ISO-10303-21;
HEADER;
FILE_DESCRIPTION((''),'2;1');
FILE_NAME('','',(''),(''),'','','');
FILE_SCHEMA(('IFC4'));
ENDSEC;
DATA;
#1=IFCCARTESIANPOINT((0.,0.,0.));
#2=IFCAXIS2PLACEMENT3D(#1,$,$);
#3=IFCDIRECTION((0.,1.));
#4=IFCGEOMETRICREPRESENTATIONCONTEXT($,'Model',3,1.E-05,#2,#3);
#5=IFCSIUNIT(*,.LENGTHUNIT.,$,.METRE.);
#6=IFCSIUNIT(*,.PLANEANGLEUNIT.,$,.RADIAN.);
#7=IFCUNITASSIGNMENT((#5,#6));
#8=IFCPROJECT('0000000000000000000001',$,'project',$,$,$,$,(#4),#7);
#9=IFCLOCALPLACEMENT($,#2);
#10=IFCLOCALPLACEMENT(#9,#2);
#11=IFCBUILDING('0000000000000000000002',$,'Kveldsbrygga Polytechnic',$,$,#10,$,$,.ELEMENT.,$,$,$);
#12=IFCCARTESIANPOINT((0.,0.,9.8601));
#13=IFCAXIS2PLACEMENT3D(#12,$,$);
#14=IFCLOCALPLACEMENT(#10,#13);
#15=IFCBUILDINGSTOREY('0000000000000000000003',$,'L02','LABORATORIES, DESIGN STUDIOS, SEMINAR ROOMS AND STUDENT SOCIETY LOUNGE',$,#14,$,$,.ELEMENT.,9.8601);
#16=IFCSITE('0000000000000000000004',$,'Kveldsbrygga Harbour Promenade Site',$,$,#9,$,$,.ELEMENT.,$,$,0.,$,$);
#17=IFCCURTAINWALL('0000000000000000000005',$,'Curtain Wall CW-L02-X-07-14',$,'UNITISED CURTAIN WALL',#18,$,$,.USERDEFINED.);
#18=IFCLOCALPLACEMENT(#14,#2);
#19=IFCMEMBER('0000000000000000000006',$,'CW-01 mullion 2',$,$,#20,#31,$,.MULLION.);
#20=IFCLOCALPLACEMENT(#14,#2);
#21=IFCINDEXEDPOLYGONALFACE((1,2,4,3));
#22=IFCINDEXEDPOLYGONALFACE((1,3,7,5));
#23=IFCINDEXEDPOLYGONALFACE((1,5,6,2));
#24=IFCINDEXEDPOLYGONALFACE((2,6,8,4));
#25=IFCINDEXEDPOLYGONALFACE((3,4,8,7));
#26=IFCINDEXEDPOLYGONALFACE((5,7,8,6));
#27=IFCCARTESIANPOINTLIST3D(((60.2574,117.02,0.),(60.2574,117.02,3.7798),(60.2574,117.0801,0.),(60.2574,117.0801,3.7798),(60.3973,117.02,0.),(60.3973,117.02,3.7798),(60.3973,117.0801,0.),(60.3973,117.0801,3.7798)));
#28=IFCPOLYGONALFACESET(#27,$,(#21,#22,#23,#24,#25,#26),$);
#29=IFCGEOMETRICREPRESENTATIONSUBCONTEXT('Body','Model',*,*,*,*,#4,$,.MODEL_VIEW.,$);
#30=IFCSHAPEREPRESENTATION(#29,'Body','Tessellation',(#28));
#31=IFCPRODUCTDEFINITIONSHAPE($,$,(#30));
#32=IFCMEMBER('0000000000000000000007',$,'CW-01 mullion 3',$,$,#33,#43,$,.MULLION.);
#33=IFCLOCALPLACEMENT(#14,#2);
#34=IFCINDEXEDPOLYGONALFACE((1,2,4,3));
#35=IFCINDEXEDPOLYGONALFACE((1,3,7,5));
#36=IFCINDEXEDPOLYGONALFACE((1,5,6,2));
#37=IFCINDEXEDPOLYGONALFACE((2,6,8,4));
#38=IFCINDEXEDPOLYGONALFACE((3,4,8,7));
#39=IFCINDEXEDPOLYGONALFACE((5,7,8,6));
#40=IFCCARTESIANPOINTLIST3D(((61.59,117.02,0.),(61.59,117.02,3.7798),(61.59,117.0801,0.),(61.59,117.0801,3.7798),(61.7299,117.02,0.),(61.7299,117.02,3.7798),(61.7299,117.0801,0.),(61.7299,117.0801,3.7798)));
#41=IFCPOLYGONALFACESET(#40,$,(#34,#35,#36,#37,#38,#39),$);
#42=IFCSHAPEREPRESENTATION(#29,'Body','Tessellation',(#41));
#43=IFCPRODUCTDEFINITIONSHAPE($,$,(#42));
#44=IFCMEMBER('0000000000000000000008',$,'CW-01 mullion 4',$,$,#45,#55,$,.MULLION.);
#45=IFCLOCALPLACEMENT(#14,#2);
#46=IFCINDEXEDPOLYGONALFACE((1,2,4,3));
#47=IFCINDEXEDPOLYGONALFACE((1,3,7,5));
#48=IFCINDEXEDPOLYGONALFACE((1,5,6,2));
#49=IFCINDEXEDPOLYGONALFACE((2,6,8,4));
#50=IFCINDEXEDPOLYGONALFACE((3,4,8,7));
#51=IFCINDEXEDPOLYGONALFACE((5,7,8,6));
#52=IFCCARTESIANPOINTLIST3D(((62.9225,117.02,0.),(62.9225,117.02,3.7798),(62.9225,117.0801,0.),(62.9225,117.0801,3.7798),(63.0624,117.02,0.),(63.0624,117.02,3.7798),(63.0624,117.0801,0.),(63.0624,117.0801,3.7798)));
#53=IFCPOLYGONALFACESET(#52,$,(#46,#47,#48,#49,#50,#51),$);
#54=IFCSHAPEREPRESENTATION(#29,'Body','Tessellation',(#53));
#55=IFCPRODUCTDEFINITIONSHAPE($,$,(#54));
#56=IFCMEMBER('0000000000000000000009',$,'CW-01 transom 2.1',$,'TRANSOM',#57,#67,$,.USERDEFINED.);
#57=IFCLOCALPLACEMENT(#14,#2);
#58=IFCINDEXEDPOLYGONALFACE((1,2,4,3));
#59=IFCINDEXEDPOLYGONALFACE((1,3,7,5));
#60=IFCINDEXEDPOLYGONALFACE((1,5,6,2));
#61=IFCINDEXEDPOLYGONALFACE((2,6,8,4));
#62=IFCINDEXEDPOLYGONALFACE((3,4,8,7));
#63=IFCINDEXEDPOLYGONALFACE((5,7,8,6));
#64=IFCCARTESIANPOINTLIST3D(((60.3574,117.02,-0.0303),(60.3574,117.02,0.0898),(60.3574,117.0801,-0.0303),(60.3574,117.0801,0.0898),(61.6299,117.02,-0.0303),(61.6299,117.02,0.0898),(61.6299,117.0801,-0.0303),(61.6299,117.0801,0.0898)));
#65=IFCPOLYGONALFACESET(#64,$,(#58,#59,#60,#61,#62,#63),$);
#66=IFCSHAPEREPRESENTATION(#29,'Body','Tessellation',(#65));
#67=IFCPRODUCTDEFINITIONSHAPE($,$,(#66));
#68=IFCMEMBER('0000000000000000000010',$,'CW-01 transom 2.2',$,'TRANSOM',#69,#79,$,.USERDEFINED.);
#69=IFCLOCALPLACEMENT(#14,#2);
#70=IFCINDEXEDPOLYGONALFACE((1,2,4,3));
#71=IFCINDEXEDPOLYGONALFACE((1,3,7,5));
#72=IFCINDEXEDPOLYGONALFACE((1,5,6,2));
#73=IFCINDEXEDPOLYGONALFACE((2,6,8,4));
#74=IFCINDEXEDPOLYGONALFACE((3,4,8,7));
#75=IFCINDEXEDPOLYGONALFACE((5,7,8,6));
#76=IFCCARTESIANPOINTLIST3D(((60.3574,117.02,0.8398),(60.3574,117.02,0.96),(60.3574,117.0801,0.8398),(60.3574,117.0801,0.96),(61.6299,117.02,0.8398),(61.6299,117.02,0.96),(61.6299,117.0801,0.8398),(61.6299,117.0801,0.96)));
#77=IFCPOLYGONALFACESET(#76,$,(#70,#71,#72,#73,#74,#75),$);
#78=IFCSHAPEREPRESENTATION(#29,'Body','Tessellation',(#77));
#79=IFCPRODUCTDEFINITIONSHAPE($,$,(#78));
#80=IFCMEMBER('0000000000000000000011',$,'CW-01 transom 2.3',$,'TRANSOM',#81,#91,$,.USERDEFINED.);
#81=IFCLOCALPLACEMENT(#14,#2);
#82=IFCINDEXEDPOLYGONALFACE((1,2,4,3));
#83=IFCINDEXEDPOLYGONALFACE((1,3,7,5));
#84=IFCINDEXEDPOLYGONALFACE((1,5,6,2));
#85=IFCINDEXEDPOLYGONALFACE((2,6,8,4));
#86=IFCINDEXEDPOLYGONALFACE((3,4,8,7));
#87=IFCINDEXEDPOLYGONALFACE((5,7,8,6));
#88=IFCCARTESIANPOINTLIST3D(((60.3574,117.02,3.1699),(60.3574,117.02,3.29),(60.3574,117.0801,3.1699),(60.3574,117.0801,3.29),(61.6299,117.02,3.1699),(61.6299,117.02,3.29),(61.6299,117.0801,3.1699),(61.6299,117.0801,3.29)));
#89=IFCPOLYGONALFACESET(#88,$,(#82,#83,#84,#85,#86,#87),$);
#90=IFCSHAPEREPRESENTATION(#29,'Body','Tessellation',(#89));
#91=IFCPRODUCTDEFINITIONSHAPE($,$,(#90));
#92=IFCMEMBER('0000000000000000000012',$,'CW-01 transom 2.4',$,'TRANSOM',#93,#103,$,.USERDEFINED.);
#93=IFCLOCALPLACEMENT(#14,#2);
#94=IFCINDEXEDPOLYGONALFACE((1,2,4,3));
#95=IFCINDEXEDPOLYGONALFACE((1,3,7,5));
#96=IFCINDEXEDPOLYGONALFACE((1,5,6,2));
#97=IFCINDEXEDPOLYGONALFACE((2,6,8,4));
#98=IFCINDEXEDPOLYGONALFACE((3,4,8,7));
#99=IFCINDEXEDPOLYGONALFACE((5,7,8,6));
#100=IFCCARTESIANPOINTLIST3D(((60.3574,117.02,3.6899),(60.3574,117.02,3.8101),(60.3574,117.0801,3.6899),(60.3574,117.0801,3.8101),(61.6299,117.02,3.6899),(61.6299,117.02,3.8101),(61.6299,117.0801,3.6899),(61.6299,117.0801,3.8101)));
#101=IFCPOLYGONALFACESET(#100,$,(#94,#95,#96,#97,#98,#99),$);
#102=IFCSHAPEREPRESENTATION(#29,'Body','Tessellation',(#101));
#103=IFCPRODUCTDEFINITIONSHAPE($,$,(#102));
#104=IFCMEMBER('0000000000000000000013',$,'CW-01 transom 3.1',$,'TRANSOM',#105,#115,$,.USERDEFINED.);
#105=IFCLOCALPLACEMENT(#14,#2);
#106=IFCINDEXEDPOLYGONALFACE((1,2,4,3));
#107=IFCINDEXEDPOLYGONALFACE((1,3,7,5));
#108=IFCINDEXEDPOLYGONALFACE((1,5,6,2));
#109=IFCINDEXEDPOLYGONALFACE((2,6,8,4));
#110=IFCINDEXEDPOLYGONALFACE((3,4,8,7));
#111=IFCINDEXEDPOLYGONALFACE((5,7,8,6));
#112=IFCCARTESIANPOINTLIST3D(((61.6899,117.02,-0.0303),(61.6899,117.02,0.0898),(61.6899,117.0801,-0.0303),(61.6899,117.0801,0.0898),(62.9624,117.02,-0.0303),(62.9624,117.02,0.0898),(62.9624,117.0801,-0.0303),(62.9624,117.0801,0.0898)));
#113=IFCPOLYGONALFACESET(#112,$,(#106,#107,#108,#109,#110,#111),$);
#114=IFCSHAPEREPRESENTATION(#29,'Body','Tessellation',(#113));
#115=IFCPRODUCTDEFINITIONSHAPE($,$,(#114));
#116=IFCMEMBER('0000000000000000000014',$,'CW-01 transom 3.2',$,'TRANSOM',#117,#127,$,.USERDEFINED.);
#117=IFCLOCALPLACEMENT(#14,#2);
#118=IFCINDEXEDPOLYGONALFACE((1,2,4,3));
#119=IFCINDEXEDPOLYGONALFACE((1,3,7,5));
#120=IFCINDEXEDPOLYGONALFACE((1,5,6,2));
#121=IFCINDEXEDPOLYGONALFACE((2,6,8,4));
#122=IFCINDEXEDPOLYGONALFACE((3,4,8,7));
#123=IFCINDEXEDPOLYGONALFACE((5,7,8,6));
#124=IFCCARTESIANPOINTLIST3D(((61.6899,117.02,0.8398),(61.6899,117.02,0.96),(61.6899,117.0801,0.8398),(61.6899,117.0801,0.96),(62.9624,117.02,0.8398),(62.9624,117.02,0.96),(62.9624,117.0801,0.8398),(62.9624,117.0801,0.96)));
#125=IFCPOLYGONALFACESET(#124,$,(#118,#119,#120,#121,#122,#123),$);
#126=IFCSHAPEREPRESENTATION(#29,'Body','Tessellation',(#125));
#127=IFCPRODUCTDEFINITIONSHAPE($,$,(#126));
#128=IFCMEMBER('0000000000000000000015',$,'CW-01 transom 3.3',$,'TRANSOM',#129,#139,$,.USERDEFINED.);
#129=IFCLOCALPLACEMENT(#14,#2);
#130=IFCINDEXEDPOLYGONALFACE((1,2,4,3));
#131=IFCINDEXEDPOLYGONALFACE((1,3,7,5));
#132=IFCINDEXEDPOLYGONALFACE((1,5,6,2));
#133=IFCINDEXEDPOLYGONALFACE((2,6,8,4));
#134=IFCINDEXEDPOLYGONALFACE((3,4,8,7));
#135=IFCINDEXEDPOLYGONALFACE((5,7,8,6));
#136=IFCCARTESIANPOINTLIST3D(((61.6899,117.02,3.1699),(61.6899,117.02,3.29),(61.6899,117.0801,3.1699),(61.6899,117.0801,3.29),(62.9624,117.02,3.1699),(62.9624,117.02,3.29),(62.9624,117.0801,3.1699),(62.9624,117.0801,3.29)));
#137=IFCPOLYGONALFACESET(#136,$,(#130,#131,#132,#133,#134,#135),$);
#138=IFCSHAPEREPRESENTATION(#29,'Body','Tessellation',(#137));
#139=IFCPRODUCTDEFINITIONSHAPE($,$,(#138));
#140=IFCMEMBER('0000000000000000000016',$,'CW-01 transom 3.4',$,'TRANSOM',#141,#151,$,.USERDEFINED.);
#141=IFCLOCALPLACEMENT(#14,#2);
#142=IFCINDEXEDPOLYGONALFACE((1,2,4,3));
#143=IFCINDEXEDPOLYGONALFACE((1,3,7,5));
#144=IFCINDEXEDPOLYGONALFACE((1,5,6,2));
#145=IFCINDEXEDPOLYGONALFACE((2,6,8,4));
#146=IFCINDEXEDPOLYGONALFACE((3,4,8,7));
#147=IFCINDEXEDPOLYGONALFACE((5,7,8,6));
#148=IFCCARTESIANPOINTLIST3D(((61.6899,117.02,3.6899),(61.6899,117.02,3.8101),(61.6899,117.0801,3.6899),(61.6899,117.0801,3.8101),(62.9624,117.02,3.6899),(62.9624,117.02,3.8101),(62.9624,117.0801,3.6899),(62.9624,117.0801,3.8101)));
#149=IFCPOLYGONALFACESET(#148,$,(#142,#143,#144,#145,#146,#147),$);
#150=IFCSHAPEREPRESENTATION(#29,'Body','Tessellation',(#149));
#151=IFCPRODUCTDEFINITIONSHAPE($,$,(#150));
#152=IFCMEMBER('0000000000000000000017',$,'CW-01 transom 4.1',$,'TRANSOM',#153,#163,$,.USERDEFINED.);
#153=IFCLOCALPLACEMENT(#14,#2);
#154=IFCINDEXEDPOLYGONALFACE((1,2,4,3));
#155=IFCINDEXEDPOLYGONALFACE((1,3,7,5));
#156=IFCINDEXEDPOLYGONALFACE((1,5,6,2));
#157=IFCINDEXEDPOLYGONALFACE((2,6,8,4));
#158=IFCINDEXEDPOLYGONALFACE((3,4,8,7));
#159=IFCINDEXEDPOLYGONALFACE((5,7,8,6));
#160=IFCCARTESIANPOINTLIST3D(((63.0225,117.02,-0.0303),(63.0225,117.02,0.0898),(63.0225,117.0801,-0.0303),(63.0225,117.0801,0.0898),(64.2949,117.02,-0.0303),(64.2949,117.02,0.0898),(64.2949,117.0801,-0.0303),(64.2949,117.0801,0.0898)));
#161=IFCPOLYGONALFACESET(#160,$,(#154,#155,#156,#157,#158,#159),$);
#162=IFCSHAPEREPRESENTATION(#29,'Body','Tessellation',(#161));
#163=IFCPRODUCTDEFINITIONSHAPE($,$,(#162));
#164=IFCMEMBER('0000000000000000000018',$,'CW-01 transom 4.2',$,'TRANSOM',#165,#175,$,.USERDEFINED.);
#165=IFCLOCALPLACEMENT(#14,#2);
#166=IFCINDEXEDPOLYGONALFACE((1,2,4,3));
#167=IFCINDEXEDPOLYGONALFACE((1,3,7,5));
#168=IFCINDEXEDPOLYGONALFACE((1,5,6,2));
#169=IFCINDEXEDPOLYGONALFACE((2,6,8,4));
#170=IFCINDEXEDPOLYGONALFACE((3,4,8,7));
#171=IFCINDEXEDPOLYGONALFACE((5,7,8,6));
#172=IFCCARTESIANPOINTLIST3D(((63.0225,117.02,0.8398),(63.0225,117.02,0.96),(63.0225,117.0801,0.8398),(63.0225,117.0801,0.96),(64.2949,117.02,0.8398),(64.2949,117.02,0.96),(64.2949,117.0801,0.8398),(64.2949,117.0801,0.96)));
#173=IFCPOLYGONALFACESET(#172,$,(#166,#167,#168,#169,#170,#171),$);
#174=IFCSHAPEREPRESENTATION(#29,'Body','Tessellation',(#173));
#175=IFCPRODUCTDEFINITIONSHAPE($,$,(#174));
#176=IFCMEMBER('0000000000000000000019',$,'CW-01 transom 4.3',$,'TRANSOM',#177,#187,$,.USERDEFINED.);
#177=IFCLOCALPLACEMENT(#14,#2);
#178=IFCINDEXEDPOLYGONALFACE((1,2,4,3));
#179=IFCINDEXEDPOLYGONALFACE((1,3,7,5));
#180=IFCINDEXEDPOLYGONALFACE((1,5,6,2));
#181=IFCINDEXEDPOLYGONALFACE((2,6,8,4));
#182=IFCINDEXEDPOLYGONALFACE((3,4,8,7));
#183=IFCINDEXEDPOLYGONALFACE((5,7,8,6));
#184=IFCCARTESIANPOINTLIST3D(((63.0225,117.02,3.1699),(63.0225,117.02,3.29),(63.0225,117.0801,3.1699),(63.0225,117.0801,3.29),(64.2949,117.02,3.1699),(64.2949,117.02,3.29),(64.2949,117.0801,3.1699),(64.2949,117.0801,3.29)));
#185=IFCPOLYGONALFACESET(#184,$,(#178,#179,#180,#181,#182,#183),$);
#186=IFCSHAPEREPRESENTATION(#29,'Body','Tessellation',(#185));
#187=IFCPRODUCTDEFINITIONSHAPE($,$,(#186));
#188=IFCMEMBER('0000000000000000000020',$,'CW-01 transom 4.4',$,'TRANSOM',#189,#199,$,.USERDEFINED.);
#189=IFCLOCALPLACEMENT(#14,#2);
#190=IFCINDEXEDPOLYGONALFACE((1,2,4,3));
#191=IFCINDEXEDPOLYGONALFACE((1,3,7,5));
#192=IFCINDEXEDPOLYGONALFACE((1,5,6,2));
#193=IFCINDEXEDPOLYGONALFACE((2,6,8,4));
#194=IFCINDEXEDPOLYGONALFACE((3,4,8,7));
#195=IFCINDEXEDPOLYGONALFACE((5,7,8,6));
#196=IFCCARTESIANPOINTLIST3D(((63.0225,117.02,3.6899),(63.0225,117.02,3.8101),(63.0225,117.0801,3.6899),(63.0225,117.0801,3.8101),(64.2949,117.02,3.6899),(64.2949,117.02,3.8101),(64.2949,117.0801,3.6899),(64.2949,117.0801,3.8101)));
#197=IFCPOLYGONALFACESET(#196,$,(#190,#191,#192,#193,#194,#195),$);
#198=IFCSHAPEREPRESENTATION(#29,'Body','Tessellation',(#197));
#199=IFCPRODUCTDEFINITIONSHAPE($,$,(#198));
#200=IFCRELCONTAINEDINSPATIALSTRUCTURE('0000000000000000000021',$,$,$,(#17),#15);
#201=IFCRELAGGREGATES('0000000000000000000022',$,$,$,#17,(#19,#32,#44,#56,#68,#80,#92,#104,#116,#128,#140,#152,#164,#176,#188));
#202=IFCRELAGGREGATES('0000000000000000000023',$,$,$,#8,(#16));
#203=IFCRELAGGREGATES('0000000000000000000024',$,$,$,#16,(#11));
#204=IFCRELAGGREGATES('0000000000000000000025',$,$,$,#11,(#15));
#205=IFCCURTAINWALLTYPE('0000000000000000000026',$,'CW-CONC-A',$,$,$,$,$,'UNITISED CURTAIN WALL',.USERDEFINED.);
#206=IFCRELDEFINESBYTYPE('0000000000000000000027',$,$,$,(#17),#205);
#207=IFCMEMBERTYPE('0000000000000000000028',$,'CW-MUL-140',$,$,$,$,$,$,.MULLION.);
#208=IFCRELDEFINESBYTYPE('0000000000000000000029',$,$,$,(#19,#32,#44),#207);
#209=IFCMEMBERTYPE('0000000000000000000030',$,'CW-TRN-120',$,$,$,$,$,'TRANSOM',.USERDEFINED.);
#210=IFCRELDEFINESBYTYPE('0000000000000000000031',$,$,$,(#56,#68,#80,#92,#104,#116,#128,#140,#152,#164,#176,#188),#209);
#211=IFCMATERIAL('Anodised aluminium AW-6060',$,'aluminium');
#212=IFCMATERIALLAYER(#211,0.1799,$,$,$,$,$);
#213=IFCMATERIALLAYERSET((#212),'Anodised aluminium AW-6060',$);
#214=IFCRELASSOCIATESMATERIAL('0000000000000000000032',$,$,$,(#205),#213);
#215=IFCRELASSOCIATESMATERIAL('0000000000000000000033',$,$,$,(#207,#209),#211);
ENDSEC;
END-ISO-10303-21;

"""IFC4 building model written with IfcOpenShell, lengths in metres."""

from ifc_helpers import new_model, si_unit, direction, frame, origin, origin_2d, place, context, subcontext, project, spatial, rectangle, extrude, material, layer, layer_set, material_profile, profile_set, type_object, element, aggregate, save


model = new_model("IFC4")

# Units and contexts
model_context = context("Model", 3, precision=1e-05, world=origin(), true_north=direction((0.0, 1.0)))
body_context = subcontext(model_context, "Body", "Model", "MODEL_VIEW")
ifc_project = project(units=[si_unit("LENGTHUNIT", "METRE"), si_unit("PLANEANGLEUNIT", "RADIAN")], contexts=[model_context])

# Site, building, storey
site_placement = place(None, origin())
site = spatial("IfcSite", under=ifc_project, at=site_placement, Name="Kveldsbrygga Harbour Promenade Site", CompositionType="ELEMENT", RefElevation=0.0)
building_placement = place(site_placement, origin())
building = spatial("IfcBuilding", under=site, at=building_placement, Name="Kveldsbrygga Polytechnic", CompositionType="ELEMENT")
storey_placement = place(building_placement, frame((0.0, 0.0, 9.8601)))
storey = spatial("IfcBuildingStorey", under=building, at=storey_placement, Name="L02", Description="LABORATORIES, DESIGN STUDIOS, SEMINAR ROOMS AND STUDENT SOCIETY LOUNGE", CompositionType="ELEMENT", Elevation=9.8601)

# Curtain wall, members
ifc_material_1 = material(Name="Anodised aluminium AW-6060", Category="aluminium")
ifc_layer_1 = layer(ifc_material_1, 0.1799)
ifc_layer_set_1 = layer_set([ifc_layer_1], Name="Anodised aluminium AW-6060")
curtain_wall_type = type_object("IfcCurtainWallType", Name="CW-CONC-A", ElementType="UNITISED CURTAIN WALL", PredefinedType="USERDEFINED", material=ifc_layer_set_1)
curtain_wall_placement = place(storey_placement, origin())
curtain_wall = element("IfcCurtainWall", 1, at=curtain_wall_placement, inside=storey, type_object=curtain_wall_type, Name="Curtain Wall CW-L02-X-07-14", ObjectType="UNITISED CURTAIN WALL", PredefinedType="USERDEFINED")
ifc_material_profile_1 = material_profile(ifc_material_1, rectangle(XDim=0.0601, YDim=0.1399, at=origin_2d()), Name="ALU 60x140")
ifc_profile_set_1 = profile_set([ifc_material_profile_1], Name="Anodised aluminium AW-6060")
member_type_1 = type_object("IfcMemberType", Name="CW-MUL-140", PredefinedType="MULLION", material=ifc_profile_set_1)
member_1_placement = place(storey_placement, frame((60.3274, 117.05, 0.0), z_axis=(0.0, 0.0, 1.0), x_axis=(0.0, 1.0, 0.0)))
member_1 = element("IfcMember", 2, at=member_1_placement, type_object=member_type_1, Name="CW-01 mullion 2", PredefinedType="MULLION", context=body_context, shape_type="SweptSolid", body=[
    extrude(rectangle(XDim=0.0601, YDim=0.1399, at=origin_2d()), origin(), (0.0, 0.0, 1.0), 3.7798),
])
member_2_placement = place(storey_placement, frame((61.6599, 117.05, 0.0), z_axis=(0.0, 0.0, 1.0), x_axis=(0.0, 1.0, 0.0)))
member_2 = element("IfcMember", 3, at=member_2_placement, type_object=member_type_1, Name="CW-01 mullion 3", PredefinedType="MULLION", context=body_context, shape_type="SweptSolid", body=[
    extrude(rectangle(XDim=0.0601, YDim=0.1399, at=origin_2d()), origin(), (0.0, 0.0, 1.0), 3.7798),
])
member_3_placement = place(storey_placement, frame((62.9924, 117.05, 0.0), z_axis=(0.0, 0.0, 1.0), x_axis=(0.0, 1.0, 0.0)))
member_3 = element("IfcMember", 4, at=member_3_placement, type_object=member_type_1, Name="CW-01 mullion 4", PredefinedType="MULLION", context=body_context, shape_type="SweptSolid", body=[
    extrude(rectangle(XDim=0.0601, YDim=0.1399, at=origin_2d()), origin(), (0.0, 0.0, 1.0), 3.7798),
])
ifc_material_profile_2 = material_profile(ifc_material_1, rectangle(XDim=0.0601, YDim=0.1201, at=origin_2d()), Name="ALU 60x120")
ifc_profile_set_2 = profile_set([ifc_material_profile_2], Name="Anodised aluminium AW-6060")
member_type_2 = type_object("IfcMemberType", Name="CW-TRN-120", ElementType="TRANSOM", PredefinedType="USERDEFINED", material=ifc_profile_set_2)
member_4_placement = place(storey_placement, frame((60.3574, 117.05, 0.0298), z_axis=(1.0, 0.0, 0.0), x_axis=(0.0, 1.0, 0.0)))
member_4 = element("IfcMember", 5, at=member_4_placement, type_object=member_type_2, Name="CW-01 transom 2.1", ObjectType="TRANSOM", PredefinedType="USERDEFINED", context=body_context, shape_type="SweptSolid", body=[
    extrude(rectangle(XDim=0.0601, YDim=0.1201, at=origin_2d()), origin(), (0.0, 0.0, 1.0), 1.2725),
])
member_5_placement = place(storey_placement, frame((60.3574, 117.05, 0.8999), z_axis=(1.0, 0.0, 0.0), x_axis=(0.0, 1.0, 0.0)))
member_5 = element("IfcMember", 6, at=member_5_placement, type_object=member_type_2, Name="CW-01 transom 2.2", ObjectType="TRANSOM", PredefinedType="USERDEFINED", context=body_context, shape_type="SweptSolid", body=[
    extrude(rectangle(XDim=0.0601, YDim=0.1201, at=origin_2d()), origin(), (0.0, 0.0, 1.0), 1.2725),
])
member_6_placement = place(storey_placement, frame((60.3574, 117.05, 3.23), z_axis=(1.0, 0.0, 0.0), x_axis=(0.0, 1.0, 0.0)))
member_6 = element("IfcMember", 7, at=member_6_placement, type_object=member_type_2, Name="CW-01 transom 2.3", ObjectType="TRANSOM", PredefinedType="USERDEFINED", context=body_context, shape_type="SweptSolid", body=[
    extrude(rectangle(XDim=0.0601, YDim=0.1201, at=origin_2d()), origin(), (0.0, 0.0, 1.0), 1.2725),
])
member_7_placement = place(storey_placement, frame((60.3574, 117.05, 3.75), z_axis=(1.0, 0.0, 0.0), x_axis=(0.0, 1.0, 0.0)))
member_7 = element("IfcMember", 8, at=member_7_placement, type_object=member_type_2, Name="CW-01 transom 2.4", ObjectType="TRANSOM", PredefinedType="USERDEFINED", context=body_context, shape_type="SweptSolid", body=[
    extrude(rectangle(XDim=0.0601, YDim=0.1201, at=origin_2d()), origin(), (0.0, 0.0, 1.0), 1.2725),
])
member_8_placement = place(storey_placement, frame((61.6899, 117.05, 0.0298), z_axis=(1.0, 0.0, 0.0), x_axis=(0.0, 1.0, 0.0)))
member_8 = element("IfcMember", 9, at=member_8_placement, type_object=member_type_2, Name="CW-01 transom 3.1", ObjectType="TRANSOM", PredefinedType="USERDEFINED", context=body_context, shape_type="SweptSolid", body=[
    extrude(rectangle(XDim=0.0601, YDim=0.1201, at=origin_2d()), origin(), (0.0, 0.0, 1.0), 1.2725),
])
member_9_placement = place(storey_placement, frame((61.6899, 117.05, 0.8999), z_axis=(1.0, 0.0, 0.0), x_axis=(0.0, 1.0, 0.0)))
member_9 = element("IfcMember", 10, at=member_9_placement, type_object=member_type_2, Name="CW-01 transom 3.2", ObjectType="TRANSOM", PredefinedType="USERDEFINED", context=body_context, shape_type="SweptSolid", body=[
    extrude(rectangle(XDim=0.0601, YDim=0.1201, at=origin_2d()), origin(), (0.0, 0.0, 1.0), 1.2725),
])
member_10_placement = place(storey_placement, frame((61.6899, 117.05, 3.23), z_axis=(1.0, 0.0, 0.0), x_axis=(0.0, 1.0, 0.0)))
member_10 = element("IfcMember", 11, at=member_10_placement, type_object=member_type_2, Name="CW-01 transom 3.3", ObjectType="TRANSOM", PredefinedType="USERDEFINED", context=body_context, shape_type="SweptSolid", body=[
    extrude(rectangle(XDim=0.0601, YDim=0.1201, at=origin_2d()), origin(), (0.0, 0.0, 1.0), 1.2725),
])
member_11_placement = place(storey_placement, frame((61.6899, 117.05, 3.75), z_axis=(1.0, 0.0, 0.0), x_axis=(0.0, 1.0, 0.0)))
member_11 = element("IfcMember", 12, at=member_11_placement, type_object=member_type_2, Name="CW-01 transom 3.4", ObjectType="TRANSOM", PredefinedType="USERDEFINED", context=body_context, shape_type="SweptSolid", body=[
    extrude(rectangle(XDim=0.0601, YDim=0.1201, at=origin_2d()), origin(), (0.0, 0.0, 1.0), 1.2725),
])
member_12_placement = place(storey_placement, frame((63.0225, 117.05, 0.0298), z_axis=(1.0, 0.0, 0.0), x_axis=(0.0, 1.0, 0.0)))
member_12 = element("IfcMember", 13, at=member_12_placement, type_object=member_type_2, Name="CW-01 transom 4.1", ObjectType="TRANSOM", PredefinedType="USERDEFINED", context=body_context, shape_type="SweptSolid", body=[
    extrude(rectangle(XDim=0.0601, YDim=0.1201, at=origin_2d()), origin(), (0.0, 0.0, 1.0), 1.2725),
])
member_13_placement = place(storey_placement, frame((63.0225, 117.05, 0.8999), z_axis=(1.0, 0.0, 0.0), x_axis=(0.0, 1.0, 0.0)))
member_13 = element("IfcMember", 14, at=member_13_placement, type_object=member_type_2, Name="CW-01 transom 4.2", ObjectType="TRANSOM", PredefinedType="USERDEFINED", context=body_context, shape_type="SweptSolid", body=[
    extrude(rectangle(XDim=0.0601, YDim=0.1201, at=origin_2d()), origin(), (0.0, 0.0, 1.0), 1.2725),
])
member_14_placement = place(storey_placement, frame((63.0225, 117.05, 3.23), z_axis=(1.0, 0.0, 0.0), x_axis=(0.0, 1.0, 0.0)))
member_14 = element("IfcMember", 15, at=member_14_placement, type_object=member_type_2, Name="CW-01 transom 4.3", ObjectType="TRANSOM", PredefinedType="USERDEFINED", context=body_context, shape_type="SweptSolid", body=[
    extrude(rectangle(XDim=0.0601, YDim=0.1201, at=origin_2d()), origin(), (0.0, 0.0, 1.0), 1.2725),
])
member_15_placement = place(storey_placement, frame((63.0225, 117.05, 3.75), z_axis=(1.0, 0.0, 0.0), x_axis=(0.0, 1.0, 0.0)))
member_15 = element("IfcMember", 16, at=member_15_placement, type_object=member_type_2, Name="CW-01 transom 4.4", ObjectType="TRANSOM", PredefinedType="USERDEFINED", context=body_context, shape_type="SweptSolid", body=[
    extrude(rectangle(XDim=0.0601, YDim=0.1201, at=origin_2d()), origin(), (0.0, 0.0, 1.0), 1.2725),
])
aggregate(curtain_wall, [member_1, member_2, member_3, member_4, member_5, member_6, member_7, member_8, member_9, member_10, member_11, member_12, member_13, member_14, member_15])

save(model, "model.ifc")
